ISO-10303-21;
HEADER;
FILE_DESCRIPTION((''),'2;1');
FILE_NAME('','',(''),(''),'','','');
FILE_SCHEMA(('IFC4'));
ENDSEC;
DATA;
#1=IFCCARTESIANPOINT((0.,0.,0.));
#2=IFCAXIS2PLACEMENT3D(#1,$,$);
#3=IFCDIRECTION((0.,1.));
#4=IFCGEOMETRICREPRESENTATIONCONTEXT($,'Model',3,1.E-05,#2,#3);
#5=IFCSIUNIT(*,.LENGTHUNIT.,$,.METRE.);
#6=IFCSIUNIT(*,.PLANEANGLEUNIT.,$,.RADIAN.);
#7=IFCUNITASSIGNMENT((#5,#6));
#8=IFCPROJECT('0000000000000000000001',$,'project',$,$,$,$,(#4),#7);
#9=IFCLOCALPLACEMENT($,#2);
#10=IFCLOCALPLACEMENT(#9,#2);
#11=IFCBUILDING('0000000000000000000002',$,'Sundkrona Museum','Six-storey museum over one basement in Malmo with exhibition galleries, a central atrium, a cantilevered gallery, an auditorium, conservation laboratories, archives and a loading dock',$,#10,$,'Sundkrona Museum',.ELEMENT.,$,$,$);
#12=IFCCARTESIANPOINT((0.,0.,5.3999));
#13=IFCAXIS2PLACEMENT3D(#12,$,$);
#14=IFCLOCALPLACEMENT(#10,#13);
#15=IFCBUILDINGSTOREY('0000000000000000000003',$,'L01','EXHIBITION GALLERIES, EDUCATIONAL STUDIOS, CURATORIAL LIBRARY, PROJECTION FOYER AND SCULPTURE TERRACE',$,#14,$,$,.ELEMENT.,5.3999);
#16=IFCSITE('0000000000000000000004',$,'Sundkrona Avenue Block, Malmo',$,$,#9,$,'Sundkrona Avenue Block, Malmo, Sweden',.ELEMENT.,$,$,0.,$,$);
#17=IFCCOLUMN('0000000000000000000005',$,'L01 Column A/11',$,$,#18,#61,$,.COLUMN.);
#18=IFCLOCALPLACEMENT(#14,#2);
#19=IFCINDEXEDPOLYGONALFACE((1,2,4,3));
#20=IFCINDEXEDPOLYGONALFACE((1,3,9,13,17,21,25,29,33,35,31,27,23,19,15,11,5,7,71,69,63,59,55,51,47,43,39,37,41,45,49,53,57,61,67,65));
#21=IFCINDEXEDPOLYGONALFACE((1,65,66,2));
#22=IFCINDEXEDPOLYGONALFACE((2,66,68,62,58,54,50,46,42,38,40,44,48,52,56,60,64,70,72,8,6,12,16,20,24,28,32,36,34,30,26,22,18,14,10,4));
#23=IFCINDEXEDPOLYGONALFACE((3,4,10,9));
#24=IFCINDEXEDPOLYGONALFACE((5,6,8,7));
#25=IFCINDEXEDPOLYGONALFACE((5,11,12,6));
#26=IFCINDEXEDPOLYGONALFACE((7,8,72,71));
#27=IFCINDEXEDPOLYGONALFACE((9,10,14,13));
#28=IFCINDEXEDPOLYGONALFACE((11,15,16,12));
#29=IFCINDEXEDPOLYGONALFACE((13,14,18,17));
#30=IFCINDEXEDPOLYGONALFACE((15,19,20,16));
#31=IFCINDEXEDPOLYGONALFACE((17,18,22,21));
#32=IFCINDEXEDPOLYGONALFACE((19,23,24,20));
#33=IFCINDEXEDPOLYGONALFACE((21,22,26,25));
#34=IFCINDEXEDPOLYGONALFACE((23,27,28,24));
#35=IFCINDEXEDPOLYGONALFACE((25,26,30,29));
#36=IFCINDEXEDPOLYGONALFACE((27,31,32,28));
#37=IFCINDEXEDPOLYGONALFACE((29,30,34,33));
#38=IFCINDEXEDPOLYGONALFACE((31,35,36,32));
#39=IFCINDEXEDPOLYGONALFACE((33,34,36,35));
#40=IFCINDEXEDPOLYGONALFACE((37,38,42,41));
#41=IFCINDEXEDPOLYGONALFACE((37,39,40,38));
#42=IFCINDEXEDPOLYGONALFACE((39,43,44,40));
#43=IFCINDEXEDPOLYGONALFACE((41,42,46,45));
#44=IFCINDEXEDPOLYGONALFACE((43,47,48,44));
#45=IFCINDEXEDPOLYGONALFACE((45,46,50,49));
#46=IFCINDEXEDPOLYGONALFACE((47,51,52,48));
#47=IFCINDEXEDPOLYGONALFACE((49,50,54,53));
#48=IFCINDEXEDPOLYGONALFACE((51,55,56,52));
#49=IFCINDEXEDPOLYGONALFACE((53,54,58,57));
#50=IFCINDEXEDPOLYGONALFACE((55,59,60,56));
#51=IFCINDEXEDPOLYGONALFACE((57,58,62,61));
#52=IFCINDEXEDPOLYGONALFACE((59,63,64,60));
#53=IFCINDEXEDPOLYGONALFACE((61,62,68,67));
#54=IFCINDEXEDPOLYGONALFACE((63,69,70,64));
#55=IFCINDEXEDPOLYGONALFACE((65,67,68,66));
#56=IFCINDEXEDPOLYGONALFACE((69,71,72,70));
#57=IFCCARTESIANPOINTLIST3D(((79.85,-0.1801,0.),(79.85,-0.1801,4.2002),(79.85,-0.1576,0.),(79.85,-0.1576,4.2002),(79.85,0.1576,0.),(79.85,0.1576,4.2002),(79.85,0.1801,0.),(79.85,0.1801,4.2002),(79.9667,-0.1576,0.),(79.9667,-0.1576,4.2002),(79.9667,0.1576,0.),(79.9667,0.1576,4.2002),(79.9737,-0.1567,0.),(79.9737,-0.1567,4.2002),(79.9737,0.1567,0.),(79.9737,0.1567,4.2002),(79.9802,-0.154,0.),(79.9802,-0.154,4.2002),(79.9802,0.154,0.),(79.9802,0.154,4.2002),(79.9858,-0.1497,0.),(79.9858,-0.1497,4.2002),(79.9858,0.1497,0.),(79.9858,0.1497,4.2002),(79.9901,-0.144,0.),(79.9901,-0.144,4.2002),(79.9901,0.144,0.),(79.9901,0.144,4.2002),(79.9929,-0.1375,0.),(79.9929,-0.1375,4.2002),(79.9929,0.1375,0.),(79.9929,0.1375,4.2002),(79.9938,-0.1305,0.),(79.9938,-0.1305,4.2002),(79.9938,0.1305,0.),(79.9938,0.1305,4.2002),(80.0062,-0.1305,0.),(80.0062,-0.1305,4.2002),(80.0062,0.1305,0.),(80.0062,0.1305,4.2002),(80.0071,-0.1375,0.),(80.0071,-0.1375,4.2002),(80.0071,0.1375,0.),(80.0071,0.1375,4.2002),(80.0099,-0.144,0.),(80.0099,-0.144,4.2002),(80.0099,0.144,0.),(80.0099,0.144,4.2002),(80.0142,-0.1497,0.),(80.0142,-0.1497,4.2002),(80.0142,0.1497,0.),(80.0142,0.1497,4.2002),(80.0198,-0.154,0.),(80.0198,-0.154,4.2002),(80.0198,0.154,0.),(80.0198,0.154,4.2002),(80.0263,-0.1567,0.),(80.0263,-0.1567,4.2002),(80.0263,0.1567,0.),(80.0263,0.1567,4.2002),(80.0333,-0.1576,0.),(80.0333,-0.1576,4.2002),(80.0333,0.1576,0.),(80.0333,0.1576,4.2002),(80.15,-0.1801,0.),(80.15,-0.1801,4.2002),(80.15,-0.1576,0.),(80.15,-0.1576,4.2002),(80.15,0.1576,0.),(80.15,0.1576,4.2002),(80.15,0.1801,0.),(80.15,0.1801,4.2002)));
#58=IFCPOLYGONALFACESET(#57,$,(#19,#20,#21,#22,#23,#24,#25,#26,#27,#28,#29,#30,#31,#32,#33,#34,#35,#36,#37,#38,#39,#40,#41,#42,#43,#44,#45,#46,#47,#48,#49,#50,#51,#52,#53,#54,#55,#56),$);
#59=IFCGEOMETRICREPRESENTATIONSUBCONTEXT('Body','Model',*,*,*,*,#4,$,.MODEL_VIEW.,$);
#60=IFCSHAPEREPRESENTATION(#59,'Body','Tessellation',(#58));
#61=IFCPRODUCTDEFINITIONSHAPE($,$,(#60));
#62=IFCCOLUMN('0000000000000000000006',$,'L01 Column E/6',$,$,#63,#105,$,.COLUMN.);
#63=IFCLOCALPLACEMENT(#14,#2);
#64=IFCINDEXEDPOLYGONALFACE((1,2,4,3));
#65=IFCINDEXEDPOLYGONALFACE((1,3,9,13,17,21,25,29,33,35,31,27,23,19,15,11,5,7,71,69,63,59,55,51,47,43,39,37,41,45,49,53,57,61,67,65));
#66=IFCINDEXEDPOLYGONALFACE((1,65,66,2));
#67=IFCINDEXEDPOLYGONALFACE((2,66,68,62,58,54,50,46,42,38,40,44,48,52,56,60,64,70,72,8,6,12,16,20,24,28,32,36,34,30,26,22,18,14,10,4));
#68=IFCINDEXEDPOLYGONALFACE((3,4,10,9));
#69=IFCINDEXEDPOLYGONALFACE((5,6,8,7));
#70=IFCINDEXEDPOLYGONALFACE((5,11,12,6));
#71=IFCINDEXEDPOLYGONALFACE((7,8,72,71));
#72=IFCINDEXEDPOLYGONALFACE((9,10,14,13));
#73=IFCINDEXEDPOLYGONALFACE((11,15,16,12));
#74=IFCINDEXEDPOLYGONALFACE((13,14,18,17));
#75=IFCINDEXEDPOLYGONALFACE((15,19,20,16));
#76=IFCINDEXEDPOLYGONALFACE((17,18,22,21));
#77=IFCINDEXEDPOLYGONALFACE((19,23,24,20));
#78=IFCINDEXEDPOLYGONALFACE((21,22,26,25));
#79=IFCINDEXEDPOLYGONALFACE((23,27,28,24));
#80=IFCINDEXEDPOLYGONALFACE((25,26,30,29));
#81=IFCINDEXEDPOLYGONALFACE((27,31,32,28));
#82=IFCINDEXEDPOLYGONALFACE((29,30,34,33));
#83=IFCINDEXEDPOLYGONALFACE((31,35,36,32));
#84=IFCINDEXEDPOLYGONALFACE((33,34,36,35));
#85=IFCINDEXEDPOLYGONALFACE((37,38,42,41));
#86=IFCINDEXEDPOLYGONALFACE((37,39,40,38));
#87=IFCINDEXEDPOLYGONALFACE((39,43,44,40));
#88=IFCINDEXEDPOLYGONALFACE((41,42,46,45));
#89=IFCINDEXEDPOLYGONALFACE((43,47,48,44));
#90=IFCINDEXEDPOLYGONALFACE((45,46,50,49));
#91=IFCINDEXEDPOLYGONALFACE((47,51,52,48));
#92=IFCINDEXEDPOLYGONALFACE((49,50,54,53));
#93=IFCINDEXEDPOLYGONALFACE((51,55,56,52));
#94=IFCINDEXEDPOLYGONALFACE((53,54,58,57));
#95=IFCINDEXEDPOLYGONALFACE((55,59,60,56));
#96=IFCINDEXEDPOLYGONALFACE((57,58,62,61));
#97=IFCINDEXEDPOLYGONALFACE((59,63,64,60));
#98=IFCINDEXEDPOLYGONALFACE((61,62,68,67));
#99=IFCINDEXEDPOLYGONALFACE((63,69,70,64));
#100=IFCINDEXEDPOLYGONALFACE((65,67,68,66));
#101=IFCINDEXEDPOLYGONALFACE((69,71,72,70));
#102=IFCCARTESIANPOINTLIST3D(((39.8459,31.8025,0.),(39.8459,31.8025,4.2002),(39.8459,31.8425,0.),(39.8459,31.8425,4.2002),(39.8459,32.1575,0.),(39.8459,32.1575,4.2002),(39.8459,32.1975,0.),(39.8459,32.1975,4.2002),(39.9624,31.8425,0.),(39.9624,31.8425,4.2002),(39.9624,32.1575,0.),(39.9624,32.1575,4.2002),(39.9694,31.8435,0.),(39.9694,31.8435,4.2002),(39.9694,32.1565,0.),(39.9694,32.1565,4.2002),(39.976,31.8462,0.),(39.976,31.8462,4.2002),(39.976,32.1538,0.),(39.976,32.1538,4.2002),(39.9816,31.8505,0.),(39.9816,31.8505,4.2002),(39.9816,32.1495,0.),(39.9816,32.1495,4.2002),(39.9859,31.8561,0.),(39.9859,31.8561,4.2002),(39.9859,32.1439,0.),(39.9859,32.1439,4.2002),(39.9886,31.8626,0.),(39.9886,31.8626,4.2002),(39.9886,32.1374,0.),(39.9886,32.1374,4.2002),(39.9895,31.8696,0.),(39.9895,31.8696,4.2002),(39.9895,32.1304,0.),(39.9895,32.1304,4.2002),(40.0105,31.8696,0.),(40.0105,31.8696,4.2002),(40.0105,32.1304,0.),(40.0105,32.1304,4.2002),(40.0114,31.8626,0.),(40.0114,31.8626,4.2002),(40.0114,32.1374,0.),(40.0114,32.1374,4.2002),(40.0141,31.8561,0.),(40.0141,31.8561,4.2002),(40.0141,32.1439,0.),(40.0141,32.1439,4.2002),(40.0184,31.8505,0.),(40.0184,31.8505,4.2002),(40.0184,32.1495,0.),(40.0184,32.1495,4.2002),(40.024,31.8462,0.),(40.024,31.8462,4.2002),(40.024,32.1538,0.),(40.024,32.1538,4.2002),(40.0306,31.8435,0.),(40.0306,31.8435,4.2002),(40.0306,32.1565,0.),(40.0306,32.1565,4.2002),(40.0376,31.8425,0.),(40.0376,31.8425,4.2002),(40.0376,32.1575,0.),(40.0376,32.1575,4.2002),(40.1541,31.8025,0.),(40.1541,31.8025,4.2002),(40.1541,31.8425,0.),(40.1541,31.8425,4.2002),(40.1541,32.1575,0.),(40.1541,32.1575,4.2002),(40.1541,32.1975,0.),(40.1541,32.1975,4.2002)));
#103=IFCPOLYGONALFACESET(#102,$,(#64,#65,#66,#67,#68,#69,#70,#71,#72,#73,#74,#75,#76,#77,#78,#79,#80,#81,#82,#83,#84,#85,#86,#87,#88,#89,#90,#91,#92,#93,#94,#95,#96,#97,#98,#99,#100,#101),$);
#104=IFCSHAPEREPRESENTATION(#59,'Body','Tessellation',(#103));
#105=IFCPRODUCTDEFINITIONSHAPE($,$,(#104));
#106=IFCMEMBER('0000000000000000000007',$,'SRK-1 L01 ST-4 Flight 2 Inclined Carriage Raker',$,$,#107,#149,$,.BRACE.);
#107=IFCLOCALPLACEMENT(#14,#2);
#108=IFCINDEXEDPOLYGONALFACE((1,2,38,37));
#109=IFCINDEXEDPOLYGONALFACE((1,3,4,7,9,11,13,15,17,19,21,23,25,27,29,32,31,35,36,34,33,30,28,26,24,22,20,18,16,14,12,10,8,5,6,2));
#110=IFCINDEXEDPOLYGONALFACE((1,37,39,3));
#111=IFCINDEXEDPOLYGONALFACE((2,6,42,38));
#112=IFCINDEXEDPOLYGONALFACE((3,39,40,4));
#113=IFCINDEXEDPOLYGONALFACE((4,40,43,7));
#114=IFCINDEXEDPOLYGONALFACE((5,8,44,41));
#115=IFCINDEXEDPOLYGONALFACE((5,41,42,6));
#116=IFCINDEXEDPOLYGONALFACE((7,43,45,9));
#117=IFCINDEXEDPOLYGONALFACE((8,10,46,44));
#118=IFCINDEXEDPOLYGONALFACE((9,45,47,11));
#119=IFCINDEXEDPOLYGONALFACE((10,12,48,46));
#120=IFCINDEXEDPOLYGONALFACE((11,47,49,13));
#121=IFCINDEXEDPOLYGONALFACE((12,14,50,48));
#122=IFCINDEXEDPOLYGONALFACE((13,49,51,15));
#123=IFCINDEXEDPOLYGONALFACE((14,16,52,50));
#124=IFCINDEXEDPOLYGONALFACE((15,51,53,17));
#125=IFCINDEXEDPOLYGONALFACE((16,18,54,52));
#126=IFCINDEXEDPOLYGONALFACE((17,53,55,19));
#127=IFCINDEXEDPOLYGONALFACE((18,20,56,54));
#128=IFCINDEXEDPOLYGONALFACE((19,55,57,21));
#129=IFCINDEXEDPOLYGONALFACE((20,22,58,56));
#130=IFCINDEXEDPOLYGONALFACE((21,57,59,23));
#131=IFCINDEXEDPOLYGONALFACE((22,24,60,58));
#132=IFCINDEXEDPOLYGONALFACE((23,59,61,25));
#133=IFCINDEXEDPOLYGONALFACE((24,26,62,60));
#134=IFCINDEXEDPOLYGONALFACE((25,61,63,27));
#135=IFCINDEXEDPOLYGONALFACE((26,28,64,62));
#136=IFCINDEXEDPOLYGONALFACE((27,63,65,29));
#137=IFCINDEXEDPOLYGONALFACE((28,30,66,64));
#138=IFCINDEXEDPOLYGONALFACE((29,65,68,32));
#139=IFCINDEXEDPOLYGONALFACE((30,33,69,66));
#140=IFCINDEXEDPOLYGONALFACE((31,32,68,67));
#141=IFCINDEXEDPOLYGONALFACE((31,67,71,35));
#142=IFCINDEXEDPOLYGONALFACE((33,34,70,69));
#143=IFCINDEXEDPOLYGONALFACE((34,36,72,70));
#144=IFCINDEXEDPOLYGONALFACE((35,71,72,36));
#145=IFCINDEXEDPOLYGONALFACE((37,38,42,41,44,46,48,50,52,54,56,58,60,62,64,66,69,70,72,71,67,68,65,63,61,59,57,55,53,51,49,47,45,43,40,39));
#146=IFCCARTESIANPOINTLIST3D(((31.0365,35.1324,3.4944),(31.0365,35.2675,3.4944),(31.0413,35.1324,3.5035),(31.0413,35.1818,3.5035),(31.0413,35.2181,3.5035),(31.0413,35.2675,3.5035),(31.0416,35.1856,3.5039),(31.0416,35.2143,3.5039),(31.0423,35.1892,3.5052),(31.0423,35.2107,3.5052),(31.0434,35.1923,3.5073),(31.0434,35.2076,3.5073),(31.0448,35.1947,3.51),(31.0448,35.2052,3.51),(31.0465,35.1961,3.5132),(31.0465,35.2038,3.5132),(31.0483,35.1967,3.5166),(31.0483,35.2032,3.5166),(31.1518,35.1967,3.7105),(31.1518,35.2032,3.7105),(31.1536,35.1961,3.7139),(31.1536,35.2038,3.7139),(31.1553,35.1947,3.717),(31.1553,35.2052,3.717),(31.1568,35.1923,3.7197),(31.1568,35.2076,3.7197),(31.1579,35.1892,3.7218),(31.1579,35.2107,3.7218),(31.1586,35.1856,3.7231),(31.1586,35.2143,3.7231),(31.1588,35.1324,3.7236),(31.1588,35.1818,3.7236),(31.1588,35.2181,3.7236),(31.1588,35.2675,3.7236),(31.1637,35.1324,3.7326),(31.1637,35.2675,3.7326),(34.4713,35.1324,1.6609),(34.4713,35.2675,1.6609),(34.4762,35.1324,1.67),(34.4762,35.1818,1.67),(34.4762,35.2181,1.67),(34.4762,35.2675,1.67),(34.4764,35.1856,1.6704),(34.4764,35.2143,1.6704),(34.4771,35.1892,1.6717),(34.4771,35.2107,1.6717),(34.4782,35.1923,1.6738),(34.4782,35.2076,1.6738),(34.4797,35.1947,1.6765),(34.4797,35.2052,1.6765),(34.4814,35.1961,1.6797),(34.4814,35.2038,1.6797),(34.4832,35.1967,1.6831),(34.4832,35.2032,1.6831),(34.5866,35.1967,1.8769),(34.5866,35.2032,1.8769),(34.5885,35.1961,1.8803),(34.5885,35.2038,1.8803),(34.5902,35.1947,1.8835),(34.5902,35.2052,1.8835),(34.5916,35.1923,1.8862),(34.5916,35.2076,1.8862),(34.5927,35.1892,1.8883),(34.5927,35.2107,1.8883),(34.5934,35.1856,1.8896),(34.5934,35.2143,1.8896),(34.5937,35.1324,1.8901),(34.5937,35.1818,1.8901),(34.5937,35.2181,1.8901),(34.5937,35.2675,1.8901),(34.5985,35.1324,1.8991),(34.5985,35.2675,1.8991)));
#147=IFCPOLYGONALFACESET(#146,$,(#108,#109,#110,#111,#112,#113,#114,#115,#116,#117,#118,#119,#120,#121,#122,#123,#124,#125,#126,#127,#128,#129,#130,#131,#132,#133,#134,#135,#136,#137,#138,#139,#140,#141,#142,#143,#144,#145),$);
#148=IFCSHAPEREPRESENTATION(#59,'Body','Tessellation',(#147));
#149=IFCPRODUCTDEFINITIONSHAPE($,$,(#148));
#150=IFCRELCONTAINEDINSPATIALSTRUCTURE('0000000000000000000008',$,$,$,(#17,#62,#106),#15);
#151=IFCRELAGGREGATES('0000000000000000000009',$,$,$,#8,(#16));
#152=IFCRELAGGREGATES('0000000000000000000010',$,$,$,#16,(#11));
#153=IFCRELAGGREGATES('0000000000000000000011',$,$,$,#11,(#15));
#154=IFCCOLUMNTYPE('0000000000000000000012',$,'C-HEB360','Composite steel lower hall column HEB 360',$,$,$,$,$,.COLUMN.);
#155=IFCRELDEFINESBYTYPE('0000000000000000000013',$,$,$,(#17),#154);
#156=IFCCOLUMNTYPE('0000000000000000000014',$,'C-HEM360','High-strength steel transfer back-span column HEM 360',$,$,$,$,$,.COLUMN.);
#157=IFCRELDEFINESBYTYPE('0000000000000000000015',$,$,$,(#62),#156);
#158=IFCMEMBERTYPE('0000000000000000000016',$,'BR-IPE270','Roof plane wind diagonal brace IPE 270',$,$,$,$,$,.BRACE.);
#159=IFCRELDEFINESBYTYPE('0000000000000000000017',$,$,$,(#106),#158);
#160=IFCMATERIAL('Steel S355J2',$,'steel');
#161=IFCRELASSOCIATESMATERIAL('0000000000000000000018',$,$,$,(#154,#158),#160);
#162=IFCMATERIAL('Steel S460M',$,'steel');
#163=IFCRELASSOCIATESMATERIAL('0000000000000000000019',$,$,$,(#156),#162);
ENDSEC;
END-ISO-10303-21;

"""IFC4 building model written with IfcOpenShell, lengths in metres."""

from ifc_helpers import new_model, si_unit, direction, frame, origin, origin_2d, place, context, subcontext, project, spatial, i_section, extrude, material, material_profile, profile_set, type_object, element, save


model = new_model("IFC4")

# Units and contexts
model_context = context("Model", 3, precision=1e-05, world=origin(), true_north=direction((0.0, 1.0)))
body_context = subcontext(model_context, "Body", "Model", "MODEL_VIEW")
ifc_project = project(units=[si_unit("LENGTHUNIT", "METRE"), si_unit("PLANEANGLEUNIT", "RADIAN")], contexts=[model_context])

# Site, building, storey
site_placement = place(None, origin())
site = spatial("IfcSite", under=ifc_project, at=site_placement, Name="Sundkrona Avenue Block, Malmo", LongName="Sundkrona Avenue Block, Malmo, Sweden", CompositionType="ELEMENT", RefElevation=0.0)
building_placement = place(site_placement, origin())
building = spatial("IfcBuilding", under=site, at=building_placement, Name="Sundkrona Museum", Description="Six-storey museum over one basement in Malmo with exhibition galleries, a central atrium, a cantilevered gallery, an auditorium, conservation laboratories, archives and a loading dock", LongName="Sundkrona Museum", CompositionType="ELEMENT")
storey_placement = place(building_placement, frame((0.0, 0.0, 5.3999)))
storey = spatial("IfcBuildingStorey", under=building, at=storey_placement, Name="L01", Description="EXHIBITION GALLERIES, EDUCATIONAL STUDIOS, CURATORIAL LIBRARY, PROJECTION FOYER AND SCULPTURE TERRACE", CompositionType="ELEMENT", Elevation=5.3999)

# Columns
ifc_material_1 = material(Name="Steel S355J2", Category="steel")
ifc_material_profile_1 = material_profile(ifc_material_1, i_section(OverallWidth=0.3, OverallDepth=0.3601, WebThickness=0.0125, FlangeThickness=0.0225, FilletRadius=0.0271, at=origin_2d()), Name="HEB 360")
ifc_profile_set_1 = profile_set([ifc_material_profile_1], Name="Steel S355J2")
column_type_1 = type_object("IfcColumnType", Name="C-HEB360", Description="Composite steel lower hall column HEB 360", PredefinedType="COLUMN", material=ifc_profile_set_1)
column_1_placement = place(storey_placement, frame((80.0, 0.0, 0.0), z_axis=(0.0, 0.0, 1.0), x_axis=(1.0, 0.0, 0.0)))
element("IfcColumn", 1, at=column_1_placement, inside=storey, type_object=column_type_1, Name="L01 Column A/11", PredefinedType="COLUMN", context=body_context, shape_type="SweptSolid", body=[
    extrude(i_section(OverallWidth=0.3, OverallDepth=0.3601, WebThickness=0.0125, FlangeThickness=0.0225, FilletRadius=0.0271, at=origin_2d()), origin(), (0.0, 0.0, 1.0), 4.2002),
])
ifc_material_2 = material(Name="Steel S460M", Category="steel")
ifc_material_profile_2 = material_profile(ifc_material_2, i_section(OverallWidth=0.3081, OverallDepth=0.395, WebThickness=0.021, FlangeThickness=0.04, FilletRadius=0.0271, at=origin_2d()), Name="HEM 360")
ifc_profile_set_2 = profile_set([ifc_material_profile_2], Name="Steel S460M")
column_type_2 = type_object("IfcColumnType", Name="C-HEM360", Description="High-strength steel transfer back-span column HEM 360", PredefinedType="COLUMN", material=ifc_profile_set_2)
column_2_placement = place(storey_placement, frame((40.0, 32.0, 0.0), z_axis=(0.0, 0.0, 1.0), x_axis=(1.0, 0.0, 0.0)))
element("IfcColumn", 2, at=column_2_placement, inside=storey, type_object=column_type_2, Name="L01 Column E/6", PredefinedType="COLUMN", context=body_context, shape_type="SweptSolid", body=[
    extrude(i_section(OverallWidth=0.3081, OverallDepth=0.395, WebThickness=0.021, FlangeThickness=0.04, FilletRadius=0.0271, at=origin_2d()), origin(), (0.0, 0.0, 1.0), 4.2002),
])

# Member
ifc_material_profile_3 = material_profile(ifc_material_1, i_section(OverallWidth=0.135, OverallDepth=0.27, WebThickness=0.0066, FlangeThickness=0.0103, FilletRadius=0.0149, at=origin_2d()), Name="IPE 270")
ifc_profile_set_3 = profile_set([ifc_material_profile_3], Name="Steel S355J2")
member_type_1 = type_object("IfcMemberType", Name="BR-IPE270", Description="Roof plane wind diagonal brace IPE 270", PredefinedType="BRACE", material=ifc_profile_set_3)
member_1_placement = place(storey_placement, frame((34.5349, 35.2, 1.78), z_axis=(-0.882183, 0.0, 0.470907), x_axis=(0.0, -1.0, 0.0)))
element("IfcMember", 3, at=member_1_placement, inside=storey, type_object=member_type_1, Name="SRK-1 L01 ST-4 Flight 2 Inclined Carriage Raker", PredefinedType="BRACE", context=body_context, shape_type="SweptSolid", body=[
    extrude(i_section(OverallWidth=0.135, OverallDepth=0.27, WebThickness=0.0066, FlangeThickness=0.0103, FilletRadius=0.0149, at=origin_2d()), origin(), (0.0, 0.0, 1.0), 3.8936),
])

save(model, "model.ifc")
